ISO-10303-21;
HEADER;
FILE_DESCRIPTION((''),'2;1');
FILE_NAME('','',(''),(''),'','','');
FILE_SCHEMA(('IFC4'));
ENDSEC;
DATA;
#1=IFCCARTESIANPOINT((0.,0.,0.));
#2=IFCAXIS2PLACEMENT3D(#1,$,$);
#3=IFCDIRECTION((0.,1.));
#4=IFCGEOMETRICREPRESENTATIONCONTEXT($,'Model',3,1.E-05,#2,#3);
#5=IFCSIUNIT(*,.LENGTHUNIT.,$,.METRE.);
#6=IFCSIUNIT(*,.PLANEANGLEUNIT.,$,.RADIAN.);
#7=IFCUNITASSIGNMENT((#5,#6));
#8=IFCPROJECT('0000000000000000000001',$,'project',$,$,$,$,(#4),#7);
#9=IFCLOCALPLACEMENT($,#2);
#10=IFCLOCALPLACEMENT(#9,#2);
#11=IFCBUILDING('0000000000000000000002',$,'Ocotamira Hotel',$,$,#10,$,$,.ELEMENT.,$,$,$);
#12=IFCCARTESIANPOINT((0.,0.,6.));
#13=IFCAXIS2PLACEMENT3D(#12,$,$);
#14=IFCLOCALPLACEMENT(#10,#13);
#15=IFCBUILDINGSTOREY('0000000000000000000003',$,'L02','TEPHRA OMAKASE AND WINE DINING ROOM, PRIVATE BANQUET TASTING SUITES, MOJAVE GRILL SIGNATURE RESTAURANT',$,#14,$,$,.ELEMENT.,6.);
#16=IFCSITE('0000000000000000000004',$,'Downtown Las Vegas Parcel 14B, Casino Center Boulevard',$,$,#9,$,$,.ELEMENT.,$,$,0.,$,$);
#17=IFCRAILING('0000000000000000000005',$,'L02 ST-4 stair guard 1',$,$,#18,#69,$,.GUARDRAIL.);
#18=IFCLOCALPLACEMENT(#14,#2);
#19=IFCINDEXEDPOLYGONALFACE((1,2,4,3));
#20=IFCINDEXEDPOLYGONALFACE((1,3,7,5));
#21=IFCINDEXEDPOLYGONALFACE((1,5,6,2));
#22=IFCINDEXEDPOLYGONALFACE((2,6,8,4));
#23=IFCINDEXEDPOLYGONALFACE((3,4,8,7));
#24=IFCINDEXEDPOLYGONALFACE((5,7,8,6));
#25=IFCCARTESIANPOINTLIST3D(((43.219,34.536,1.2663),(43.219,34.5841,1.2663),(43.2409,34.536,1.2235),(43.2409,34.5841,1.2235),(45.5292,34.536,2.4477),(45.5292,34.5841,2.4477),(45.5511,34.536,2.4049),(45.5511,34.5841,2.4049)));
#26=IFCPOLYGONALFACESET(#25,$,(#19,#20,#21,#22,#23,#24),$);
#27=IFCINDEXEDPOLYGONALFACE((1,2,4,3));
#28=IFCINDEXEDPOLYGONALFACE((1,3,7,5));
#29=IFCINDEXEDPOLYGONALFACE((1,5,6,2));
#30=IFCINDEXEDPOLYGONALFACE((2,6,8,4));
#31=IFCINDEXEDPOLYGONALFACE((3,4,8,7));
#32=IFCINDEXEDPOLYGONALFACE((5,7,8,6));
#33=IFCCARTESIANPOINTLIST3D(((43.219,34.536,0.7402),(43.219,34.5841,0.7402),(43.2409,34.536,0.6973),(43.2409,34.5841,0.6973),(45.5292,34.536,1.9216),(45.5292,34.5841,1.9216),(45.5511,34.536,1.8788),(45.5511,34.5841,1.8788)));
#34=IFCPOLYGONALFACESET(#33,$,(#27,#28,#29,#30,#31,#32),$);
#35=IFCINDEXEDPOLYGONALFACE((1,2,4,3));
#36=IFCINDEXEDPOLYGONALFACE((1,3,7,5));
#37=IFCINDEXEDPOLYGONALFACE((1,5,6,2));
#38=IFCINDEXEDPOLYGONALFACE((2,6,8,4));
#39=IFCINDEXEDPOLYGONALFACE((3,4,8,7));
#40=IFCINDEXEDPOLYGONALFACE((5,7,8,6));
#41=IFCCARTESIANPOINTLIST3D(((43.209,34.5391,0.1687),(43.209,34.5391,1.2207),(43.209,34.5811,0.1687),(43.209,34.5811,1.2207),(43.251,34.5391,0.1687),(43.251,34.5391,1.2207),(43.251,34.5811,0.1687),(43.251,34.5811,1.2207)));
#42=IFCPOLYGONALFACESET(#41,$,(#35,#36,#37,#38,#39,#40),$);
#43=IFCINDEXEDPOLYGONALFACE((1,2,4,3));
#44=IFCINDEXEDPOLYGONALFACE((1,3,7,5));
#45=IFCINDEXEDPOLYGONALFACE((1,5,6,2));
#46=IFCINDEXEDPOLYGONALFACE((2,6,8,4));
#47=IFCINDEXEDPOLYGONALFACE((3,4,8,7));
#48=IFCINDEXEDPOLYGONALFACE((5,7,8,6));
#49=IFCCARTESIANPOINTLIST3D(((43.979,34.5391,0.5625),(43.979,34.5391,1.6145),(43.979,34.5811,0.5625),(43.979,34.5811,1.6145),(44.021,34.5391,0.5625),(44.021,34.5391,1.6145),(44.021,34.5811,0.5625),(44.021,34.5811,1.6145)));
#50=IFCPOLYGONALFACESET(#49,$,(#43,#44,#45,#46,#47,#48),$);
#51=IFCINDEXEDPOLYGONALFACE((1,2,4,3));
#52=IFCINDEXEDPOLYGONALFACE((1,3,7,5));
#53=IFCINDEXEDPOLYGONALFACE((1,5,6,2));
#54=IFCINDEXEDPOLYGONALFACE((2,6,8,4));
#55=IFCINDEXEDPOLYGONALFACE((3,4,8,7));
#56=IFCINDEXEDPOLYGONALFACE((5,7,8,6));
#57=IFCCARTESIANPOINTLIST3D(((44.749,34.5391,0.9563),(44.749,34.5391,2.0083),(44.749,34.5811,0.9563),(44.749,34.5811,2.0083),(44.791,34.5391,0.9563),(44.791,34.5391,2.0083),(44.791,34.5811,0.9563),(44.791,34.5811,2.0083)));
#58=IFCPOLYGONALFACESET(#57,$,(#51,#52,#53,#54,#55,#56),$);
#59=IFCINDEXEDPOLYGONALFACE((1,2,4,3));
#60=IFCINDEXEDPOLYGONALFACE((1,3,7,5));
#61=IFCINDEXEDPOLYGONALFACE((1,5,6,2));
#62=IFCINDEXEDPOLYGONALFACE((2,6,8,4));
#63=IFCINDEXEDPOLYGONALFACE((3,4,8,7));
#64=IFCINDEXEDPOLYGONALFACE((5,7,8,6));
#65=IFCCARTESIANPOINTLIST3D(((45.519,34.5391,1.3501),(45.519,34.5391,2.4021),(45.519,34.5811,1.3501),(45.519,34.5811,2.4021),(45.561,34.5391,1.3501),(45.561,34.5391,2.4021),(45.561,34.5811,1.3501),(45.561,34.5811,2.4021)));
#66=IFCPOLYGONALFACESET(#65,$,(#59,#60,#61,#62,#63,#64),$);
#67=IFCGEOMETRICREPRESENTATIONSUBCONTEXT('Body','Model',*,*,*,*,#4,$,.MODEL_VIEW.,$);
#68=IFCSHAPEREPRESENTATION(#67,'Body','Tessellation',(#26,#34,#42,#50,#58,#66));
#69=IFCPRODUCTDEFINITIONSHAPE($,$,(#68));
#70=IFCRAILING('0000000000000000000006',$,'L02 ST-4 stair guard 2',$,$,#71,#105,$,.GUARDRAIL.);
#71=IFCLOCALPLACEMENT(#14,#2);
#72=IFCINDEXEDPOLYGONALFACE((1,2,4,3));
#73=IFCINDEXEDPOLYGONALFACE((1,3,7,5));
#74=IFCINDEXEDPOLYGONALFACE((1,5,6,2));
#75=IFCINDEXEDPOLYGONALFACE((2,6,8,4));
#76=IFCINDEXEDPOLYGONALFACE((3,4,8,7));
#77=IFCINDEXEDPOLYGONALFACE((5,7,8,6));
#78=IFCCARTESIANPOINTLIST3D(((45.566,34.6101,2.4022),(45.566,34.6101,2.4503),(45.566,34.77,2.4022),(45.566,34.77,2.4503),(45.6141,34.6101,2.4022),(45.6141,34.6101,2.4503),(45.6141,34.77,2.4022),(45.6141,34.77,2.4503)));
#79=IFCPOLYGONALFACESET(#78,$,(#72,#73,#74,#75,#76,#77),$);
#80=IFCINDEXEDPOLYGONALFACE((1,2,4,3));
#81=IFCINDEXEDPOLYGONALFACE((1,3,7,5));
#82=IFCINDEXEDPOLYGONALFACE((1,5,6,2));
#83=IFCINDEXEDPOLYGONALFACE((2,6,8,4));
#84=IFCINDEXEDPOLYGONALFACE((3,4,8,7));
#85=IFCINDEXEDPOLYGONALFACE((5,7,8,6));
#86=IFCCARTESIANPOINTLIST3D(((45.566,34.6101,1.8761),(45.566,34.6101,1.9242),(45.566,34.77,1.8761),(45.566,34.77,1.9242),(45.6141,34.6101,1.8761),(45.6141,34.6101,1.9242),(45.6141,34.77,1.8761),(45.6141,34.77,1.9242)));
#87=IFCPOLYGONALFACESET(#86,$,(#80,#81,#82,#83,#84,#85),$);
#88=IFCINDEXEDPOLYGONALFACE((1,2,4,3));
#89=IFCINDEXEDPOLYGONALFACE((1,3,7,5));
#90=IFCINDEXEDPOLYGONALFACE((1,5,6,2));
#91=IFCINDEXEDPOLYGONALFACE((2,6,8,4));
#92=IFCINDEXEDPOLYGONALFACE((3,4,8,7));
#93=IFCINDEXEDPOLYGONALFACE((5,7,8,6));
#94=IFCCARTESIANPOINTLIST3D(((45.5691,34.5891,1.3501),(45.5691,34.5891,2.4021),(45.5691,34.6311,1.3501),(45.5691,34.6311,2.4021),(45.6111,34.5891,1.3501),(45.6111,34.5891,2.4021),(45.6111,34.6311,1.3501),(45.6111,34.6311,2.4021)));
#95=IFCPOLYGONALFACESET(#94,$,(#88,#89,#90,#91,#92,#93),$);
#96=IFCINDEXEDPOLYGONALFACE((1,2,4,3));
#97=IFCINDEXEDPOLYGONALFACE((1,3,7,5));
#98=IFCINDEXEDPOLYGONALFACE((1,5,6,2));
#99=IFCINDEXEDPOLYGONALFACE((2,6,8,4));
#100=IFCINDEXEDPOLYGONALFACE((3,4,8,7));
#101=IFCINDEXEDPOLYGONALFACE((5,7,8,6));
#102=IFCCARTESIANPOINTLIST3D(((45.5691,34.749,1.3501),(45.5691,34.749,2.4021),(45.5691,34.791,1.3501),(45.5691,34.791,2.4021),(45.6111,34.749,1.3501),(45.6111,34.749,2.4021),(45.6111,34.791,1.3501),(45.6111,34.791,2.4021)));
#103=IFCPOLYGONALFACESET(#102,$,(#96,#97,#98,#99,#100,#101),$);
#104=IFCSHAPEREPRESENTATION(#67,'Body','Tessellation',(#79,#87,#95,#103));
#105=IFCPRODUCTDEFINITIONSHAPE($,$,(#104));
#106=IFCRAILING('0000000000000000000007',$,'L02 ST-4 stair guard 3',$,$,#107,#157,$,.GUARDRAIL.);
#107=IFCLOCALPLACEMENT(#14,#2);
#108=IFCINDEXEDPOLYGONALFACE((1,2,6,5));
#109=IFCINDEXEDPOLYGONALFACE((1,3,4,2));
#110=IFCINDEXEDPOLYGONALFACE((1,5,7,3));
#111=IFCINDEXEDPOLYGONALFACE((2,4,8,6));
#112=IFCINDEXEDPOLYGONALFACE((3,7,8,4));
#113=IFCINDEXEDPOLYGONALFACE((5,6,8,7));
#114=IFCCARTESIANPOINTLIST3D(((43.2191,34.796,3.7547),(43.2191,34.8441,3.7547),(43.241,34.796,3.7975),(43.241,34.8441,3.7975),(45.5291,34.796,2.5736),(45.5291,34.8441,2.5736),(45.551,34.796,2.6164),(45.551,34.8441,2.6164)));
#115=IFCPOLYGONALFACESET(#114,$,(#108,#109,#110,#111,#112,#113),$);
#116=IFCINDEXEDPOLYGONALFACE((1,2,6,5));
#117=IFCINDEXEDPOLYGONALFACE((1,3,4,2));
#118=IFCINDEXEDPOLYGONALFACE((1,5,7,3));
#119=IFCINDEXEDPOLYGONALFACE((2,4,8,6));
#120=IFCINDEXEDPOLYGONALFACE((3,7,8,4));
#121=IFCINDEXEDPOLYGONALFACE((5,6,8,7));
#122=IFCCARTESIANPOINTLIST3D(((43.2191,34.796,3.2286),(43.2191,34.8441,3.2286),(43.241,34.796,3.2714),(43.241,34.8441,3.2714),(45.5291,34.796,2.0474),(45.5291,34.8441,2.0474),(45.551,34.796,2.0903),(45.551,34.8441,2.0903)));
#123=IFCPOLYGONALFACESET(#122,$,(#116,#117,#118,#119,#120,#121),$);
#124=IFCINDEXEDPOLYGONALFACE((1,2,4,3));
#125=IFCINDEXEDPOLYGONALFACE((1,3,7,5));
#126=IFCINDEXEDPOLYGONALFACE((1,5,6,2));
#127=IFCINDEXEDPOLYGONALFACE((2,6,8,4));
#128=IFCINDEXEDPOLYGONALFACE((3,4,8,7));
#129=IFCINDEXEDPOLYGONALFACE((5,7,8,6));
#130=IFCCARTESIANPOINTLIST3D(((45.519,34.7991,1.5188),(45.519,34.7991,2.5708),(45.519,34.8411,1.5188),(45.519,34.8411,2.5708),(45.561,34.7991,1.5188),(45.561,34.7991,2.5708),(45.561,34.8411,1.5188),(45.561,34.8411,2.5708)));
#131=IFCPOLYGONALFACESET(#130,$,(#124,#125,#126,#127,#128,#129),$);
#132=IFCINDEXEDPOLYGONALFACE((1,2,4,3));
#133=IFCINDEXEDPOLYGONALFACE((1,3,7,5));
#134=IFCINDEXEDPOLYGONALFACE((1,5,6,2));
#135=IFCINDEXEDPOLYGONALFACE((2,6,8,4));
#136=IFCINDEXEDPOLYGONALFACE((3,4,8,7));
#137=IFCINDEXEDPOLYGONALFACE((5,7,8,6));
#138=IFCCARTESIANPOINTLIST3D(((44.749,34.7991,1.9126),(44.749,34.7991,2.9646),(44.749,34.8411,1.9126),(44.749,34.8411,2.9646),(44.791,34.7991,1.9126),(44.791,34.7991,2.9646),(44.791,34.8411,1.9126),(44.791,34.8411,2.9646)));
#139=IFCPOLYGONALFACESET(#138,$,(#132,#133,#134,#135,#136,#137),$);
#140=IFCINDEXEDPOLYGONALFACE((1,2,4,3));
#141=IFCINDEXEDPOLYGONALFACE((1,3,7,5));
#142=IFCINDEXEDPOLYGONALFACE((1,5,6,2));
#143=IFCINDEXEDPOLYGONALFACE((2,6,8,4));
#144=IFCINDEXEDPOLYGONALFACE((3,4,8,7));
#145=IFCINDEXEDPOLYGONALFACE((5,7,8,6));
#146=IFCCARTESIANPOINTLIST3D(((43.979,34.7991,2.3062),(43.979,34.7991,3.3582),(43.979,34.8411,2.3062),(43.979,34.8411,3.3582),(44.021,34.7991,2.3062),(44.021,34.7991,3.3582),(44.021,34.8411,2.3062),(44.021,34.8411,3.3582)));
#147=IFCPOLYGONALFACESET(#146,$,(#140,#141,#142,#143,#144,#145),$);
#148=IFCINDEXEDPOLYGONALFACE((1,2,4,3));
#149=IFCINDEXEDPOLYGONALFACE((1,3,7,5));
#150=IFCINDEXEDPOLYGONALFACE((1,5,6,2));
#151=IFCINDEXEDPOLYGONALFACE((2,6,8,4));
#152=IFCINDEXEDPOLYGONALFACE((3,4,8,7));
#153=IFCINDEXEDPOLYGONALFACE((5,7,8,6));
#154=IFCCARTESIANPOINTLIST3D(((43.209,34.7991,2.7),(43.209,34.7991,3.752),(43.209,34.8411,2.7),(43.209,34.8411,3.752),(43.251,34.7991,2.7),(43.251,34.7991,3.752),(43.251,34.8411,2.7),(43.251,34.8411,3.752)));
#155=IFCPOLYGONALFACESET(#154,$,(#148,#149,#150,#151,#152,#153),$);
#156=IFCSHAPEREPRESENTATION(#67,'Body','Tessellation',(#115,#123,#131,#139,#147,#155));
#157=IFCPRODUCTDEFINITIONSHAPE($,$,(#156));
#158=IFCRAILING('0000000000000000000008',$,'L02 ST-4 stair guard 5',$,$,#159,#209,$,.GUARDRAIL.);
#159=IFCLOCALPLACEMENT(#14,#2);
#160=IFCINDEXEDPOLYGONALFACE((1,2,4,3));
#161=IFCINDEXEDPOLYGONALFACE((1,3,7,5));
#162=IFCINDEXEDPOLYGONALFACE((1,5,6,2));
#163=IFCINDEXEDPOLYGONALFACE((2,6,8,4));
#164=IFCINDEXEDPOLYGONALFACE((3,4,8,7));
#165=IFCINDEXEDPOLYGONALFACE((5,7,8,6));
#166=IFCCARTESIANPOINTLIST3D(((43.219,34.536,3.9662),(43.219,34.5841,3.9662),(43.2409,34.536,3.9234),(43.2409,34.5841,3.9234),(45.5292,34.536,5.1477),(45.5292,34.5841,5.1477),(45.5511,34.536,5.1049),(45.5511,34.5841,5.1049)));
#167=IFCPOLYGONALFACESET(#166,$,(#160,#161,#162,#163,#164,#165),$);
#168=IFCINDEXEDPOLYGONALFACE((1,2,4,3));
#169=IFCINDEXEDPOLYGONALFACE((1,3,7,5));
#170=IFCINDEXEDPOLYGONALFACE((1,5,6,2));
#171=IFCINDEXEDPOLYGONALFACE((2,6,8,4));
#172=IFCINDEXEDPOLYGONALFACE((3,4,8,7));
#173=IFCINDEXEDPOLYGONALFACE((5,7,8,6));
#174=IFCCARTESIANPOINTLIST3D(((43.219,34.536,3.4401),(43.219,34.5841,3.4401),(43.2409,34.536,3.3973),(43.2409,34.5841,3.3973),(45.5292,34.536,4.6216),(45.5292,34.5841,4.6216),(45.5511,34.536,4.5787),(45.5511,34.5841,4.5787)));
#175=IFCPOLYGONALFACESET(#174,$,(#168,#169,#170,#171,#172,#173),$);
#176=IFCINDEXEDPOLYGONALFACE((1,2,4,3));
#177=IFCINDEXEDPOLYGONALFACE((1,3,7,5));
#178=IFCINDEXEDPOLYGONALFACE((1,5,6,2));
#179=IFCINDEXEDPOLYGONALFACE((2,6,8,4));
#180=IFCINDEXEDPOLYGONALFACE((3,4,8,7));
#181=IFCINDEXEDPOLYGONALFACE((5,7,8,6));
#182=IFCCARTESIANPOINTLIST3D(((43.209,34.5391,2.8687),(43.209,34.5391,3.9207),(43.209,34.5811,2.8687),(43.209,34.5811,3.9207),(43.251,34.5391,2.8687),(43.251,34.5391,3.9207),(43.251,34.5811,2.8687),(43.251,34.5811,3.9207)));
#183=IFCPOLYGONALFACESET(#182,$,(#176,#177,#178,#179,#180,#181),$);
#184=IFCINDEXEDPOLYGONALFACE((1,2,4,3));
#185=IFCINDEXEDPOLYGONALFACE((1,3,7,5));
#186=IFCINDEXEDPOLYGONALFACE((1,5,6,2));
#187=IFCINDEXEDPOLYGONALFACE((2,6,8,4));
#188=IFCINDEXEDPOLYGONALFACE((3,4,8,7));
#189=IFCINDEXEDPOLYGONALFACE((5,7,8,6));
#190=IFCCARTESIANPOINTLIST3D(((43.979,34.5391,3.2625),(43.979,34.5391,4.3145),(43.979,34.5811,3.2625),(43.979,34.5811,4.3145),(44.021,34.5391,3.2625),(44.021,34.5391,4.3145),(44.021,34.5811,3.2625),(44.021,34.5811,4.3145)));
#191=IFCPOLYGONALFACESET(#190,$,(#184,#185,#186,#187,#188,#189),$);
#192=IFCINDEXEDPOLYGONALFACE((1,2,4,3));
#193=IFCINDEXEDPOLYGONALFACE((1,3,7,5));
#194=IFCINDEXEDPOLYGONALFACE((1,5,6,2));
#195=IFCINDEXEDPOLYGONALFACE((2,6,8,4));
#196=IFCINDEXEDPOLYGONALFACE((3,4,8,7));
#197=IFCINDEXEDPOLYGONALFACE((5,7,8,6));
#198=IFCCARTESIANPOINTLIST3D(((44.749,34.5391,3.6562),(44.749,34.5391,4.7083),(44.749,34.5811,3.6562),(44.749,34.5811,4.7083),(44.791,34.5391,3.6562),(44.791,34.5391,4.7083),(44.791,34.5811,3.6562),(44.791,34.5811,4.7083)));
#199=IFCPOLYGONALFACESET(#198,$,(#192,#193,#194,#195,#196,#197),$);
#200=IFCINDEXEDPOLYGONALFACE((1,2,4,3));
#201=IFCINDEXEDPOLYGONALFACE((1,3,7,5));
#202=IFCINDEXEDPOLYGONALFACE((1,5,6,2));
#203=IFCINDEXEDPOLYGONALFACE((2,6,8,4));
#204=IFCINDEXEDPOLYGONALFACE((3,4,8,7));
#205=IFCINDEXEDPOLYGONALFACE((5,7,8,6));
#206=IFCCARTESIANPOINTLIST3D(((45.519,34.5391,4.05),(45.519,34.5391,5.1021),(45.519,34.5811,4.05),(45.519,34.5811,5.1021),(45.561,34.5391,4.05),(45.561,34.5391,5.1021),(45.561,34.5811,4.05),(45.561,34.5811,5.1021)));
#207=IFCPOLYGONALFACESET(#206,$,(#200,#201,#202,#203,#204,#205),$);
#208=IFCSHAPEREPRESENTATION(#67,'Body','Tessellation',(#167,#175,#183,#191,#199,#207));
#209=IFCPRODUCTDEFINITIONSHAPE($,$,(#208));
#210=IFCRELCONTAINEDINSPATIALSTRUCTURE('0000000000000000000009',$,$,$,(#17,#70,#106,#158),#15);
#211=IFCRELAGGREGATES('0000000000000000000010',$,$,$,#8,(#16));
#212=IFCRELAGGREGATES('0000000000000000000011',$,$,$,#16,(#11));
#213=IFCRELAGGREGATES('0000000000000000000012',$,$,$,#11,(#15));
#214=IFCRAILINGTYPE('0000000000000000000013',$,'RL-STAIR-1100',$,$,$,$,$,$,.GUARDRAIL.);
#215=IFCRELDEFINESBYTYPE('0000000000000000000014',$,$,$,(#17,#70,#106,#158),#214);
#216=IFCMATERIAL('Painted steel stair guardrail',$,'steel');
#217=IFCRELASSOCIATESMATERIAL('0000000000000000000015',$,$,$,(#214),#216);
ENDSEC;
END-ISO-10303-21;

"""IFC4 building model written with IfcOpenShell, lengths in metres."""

from ifc_helpers import new_model, si_unit, direction, frame, origin, origin_2d, place, context, subcontext, project, spatial, rectangle, extrude, material, type_object, element, save


model = new_model("IFC4")

# Units and contexts
model_context = context("Model", 3, precision=1e-05, world=origin(), true_north=direction((0.0, 1.0)))
body_context = subcontext(model_context, "Body", "Model", "MODEL_VIEW")
ifc_project = project(units=[si_unit("LENGTHUNIT", "METRE"), si_unit("PLANEANGLEUNIT", "RADIAN")], contexts=[model_context])

# Site, building, storey
site_placement = place(None, origin())
site = spatial("IfcSite", under=ifc_project, at=site_placement, Name="Downtown Las Vegas Parcel 14B, Casino Center Boulevard", CompositionType="ELEMENT", RefElevation=0.0)
building_placement = place(site_placement, origin())
building = spatial("IfcBuilding", under=site, at=building_placement, Name="Ocotamira Hotel", CompositionType="ELEMENT")
storey_placement = place(building_placement, frame((0.0, 0.0, 6.0)))
storey = spatial("IfcBuildingStorey", under=building, at=storey_placement, Name="L02", Description="TEPHRA OMAKASE AND WINE DINING ROOM, PRIVATE BANQUET TASTING SUITES, MOJAVE GRILL SIGNATURE RESTAURANT", CompositionType="ELEMENT", Elevation=6.0)

# Railings
ifc_material_1 = material(Name="Painted steel stair guardrail", Category="steel")
railing_type_1 = type_object("IfcRailingType", Name="RL-STAIR-1100", PredefinedType="GUARDRAIL", material=ifc_material_1)
railing_1_placement = place(storey_placement, frame((43.23, 34.5601, 0.1687)))
element("IfcRailing", 1, at=railing_1_placement, inside=storey, type_object=railing_type_1, Name="L02 ST-4 stair guard 1", PredefinedType="GUARDRAIL", context=body_context, shape_type="SweptSolid", body=[
    extrude(rectangle(XDim=0.0481, YDim=0.0481, at=origin_2d()), frame((0.0, 0.0, 1.0762), z_axis=(0.890325, 0.0, 0.455325), x_axis=(0.0, 1.0, 0.0)), (0.0, 0.0, 1.0), 2.5947),
    extrude(rectangle(XDim=0.0481, YDim=0.0481, at=origin_2d()), frame((0.0, 0.0, 0.55), z_axis=(0.890325, 0.0, 0.455325), x_axis=(0.0, 1.0, 0.0)), (0.0, 0.0, 1.0), 2.5947),
    extrude(rectangle(XDim=0.042, YDim=0.042, at=origin_2d()), origin(), (0.0, 0.0, 1.0), 1.052),
    extrude(rectangle(XDim=0.042, YDim=0.042, at=origin_2d()), frame((0.77, 0.0, 0.3938)), (0.0, 0.0, 1.0), 1.052),
    extrude(rectangle(XDim=0.042, YDim=0.042, at=origin_2d()), frame((1.54, 0.0, 0.7876)), (0.0, 0.0, 1.0), 1.052),
    extrude(rectangle(XDim=0.042, YDim=0.042, at=origin_2d()), frame((2.3101, 0.0, 1.1814)), (0.0, 0.0, 1.0), 1.052),
])
railing_2_placement = place(storey_placement, frame((45.5901, 34.6101, 1.3501)))
element("IfcRailing", 2, at=railing_2_placement, inside=storey, type_object=railing_type_1, Name="L02 ST-4 stair guard 2", PredefinedType="GUARDRAIL", context=body_context, shape_type="SweptSolid", body=[
    extrude(rectangle(XDim=0.0481, YDim=0.0481, at=origin_2d()), frame((0.0, 0.0, 1.0762), z_axis=(0.0, 1.0, 0.0), x_axis=(-1.0, 0.0, 0.0)), (0.0, 0.0, 1.0), 0.1599),
    extrude(rectangle(XDim=0.0481, YDim=0.0481, at=origin_2d()), frame((0.0, 0.0, 0.55), z_axis=(0.0, 1.0, 0.0), x_axis=(-1.0, 0.0, 0.0)), (0.0, 0.0, 1.0), 0.1599),
    extrude(rectangle(XDim=0.042, YDim=0.042, at=origin_2d()), origin(), (0.0, 0.0, 1.0), 1.052),
    extrude(rectangle(XDim=0.042, YDim=0.042, at=origin_2d()), frame((0.0, 0.1599, 0.0)), (0.0, 0.0, 1.0), 1.052),
])
railing_3_placement = place(storey_placement, frame((45.54, 34.8201, 1.5188)))
element("IfcRailing", 3, at=railing_3_placement, inside=storey, type_object=railing_type_1, Name="L02 ST-4 stair guard 3", PredefinedType="GUARDRAIL", context=body_context, shape_type="SweptSolid", body=[
    extrude(rectangle(XDim=0.0481, YDim=0.0481, at=origin_2d()), frame((0.0, 0.0, 1.0762), z_axis=(-0.890363, 0.0, 0.45525), x_axis=(0.0, -1.0, 0.0)), (0.0, 0.0, 1.0), 2.5945),
    extrude(rectangle(XDim=0.0481, YDim=0.0481, at=origin_2d()), frame((0.0, 0.0, 0.55), z_axis=(-0.890363, 0.0, 0.45525), x_axis=(0.0, -1.0, 0.0)), (0.0, 0.0, 1.0), 2.5945),
    extrude(rectangle(XDim=0.042, YDim=0.042, at=origin_2d()), origin(), (0.0, 0.0, 1.0), 1.052),
    extrude(rectangle(XDim=0.042, YDim=0.042, at=origin_2d()), frame((-0.77, 0.0, 0.3938)), (0.0, 0.0, 1.0), 1.052),
    extrude(rectangle(XDim=0.042, YDim=0.042, at=origin_2d()), frame((-1.54, 0.0, 0.7874)), (0.0, 0.0, 1.0), 1.052),
    extrude(rectangle(XDim=0.042, YDim=0.042, at=origin_2d()), frame((-2.3101, 0.0, 1.1812)), (0.0, 0.0, 1.0), 1.052),
])
railing_4_placement = place(storey_placement, frame((43.23, 34.5601, 2.8687)))
element("IfcRailing", 4, at=railing_4_placement, inside=storey, type_object=railing_type_1, Name="L02 ST-4 stair guard 5", PredefinedType="GUARDRAIL", context=body_context, shape_type="SweptSolid", body=[
    extrude(rectangle(XDim=0.0481, YDim=0.0481, at=origin_2d()), frame((0.0, 0.0, 1.0762), z_axis=(0.890325, 0.0, 0.455325), x_axis=(0.0, 1.0, 0.0)), (0.0, 0.0, 1.0), 2.5947),
    extrude(rectangle(XDim=0.0481, YDim=0.0481, at=origin_2d()), frame((0.0, 0.0, 0.55), z_axis=(0.890325, 0.0, 0.455325), x_axis=(0.0, 1.0, 0.0)), (0.0, 0.0, 1.0), 2.5947),
    extrude(rectangle(XDim=0.042, YDim=0.042, at=origin_2d()), origin(), (0.0, 0.0, 1.0), 1.052),
    extrude(rectangle(XDim=0.042, YDim=0.042, at=origin_2d()), frame((0.77, 0.0, 0.3938)), (0.0, 0.0, 1.0), 1.052),
    extrude(rectangle(XDim=0.042, YDim=0.042, at=origin_2d()), frame((1.54, 0.0, 0.7876)), (0.0, 0.0, 1.0), 1.052),
    extrude(rectangle(XDim=0.042, YDim=0.042, at=origin_2d()), frame((2.3101, 0.0, 1.1814)), (0.0, 0.0, 1.0), 1.052),
])

save(model, "model.ifc")
